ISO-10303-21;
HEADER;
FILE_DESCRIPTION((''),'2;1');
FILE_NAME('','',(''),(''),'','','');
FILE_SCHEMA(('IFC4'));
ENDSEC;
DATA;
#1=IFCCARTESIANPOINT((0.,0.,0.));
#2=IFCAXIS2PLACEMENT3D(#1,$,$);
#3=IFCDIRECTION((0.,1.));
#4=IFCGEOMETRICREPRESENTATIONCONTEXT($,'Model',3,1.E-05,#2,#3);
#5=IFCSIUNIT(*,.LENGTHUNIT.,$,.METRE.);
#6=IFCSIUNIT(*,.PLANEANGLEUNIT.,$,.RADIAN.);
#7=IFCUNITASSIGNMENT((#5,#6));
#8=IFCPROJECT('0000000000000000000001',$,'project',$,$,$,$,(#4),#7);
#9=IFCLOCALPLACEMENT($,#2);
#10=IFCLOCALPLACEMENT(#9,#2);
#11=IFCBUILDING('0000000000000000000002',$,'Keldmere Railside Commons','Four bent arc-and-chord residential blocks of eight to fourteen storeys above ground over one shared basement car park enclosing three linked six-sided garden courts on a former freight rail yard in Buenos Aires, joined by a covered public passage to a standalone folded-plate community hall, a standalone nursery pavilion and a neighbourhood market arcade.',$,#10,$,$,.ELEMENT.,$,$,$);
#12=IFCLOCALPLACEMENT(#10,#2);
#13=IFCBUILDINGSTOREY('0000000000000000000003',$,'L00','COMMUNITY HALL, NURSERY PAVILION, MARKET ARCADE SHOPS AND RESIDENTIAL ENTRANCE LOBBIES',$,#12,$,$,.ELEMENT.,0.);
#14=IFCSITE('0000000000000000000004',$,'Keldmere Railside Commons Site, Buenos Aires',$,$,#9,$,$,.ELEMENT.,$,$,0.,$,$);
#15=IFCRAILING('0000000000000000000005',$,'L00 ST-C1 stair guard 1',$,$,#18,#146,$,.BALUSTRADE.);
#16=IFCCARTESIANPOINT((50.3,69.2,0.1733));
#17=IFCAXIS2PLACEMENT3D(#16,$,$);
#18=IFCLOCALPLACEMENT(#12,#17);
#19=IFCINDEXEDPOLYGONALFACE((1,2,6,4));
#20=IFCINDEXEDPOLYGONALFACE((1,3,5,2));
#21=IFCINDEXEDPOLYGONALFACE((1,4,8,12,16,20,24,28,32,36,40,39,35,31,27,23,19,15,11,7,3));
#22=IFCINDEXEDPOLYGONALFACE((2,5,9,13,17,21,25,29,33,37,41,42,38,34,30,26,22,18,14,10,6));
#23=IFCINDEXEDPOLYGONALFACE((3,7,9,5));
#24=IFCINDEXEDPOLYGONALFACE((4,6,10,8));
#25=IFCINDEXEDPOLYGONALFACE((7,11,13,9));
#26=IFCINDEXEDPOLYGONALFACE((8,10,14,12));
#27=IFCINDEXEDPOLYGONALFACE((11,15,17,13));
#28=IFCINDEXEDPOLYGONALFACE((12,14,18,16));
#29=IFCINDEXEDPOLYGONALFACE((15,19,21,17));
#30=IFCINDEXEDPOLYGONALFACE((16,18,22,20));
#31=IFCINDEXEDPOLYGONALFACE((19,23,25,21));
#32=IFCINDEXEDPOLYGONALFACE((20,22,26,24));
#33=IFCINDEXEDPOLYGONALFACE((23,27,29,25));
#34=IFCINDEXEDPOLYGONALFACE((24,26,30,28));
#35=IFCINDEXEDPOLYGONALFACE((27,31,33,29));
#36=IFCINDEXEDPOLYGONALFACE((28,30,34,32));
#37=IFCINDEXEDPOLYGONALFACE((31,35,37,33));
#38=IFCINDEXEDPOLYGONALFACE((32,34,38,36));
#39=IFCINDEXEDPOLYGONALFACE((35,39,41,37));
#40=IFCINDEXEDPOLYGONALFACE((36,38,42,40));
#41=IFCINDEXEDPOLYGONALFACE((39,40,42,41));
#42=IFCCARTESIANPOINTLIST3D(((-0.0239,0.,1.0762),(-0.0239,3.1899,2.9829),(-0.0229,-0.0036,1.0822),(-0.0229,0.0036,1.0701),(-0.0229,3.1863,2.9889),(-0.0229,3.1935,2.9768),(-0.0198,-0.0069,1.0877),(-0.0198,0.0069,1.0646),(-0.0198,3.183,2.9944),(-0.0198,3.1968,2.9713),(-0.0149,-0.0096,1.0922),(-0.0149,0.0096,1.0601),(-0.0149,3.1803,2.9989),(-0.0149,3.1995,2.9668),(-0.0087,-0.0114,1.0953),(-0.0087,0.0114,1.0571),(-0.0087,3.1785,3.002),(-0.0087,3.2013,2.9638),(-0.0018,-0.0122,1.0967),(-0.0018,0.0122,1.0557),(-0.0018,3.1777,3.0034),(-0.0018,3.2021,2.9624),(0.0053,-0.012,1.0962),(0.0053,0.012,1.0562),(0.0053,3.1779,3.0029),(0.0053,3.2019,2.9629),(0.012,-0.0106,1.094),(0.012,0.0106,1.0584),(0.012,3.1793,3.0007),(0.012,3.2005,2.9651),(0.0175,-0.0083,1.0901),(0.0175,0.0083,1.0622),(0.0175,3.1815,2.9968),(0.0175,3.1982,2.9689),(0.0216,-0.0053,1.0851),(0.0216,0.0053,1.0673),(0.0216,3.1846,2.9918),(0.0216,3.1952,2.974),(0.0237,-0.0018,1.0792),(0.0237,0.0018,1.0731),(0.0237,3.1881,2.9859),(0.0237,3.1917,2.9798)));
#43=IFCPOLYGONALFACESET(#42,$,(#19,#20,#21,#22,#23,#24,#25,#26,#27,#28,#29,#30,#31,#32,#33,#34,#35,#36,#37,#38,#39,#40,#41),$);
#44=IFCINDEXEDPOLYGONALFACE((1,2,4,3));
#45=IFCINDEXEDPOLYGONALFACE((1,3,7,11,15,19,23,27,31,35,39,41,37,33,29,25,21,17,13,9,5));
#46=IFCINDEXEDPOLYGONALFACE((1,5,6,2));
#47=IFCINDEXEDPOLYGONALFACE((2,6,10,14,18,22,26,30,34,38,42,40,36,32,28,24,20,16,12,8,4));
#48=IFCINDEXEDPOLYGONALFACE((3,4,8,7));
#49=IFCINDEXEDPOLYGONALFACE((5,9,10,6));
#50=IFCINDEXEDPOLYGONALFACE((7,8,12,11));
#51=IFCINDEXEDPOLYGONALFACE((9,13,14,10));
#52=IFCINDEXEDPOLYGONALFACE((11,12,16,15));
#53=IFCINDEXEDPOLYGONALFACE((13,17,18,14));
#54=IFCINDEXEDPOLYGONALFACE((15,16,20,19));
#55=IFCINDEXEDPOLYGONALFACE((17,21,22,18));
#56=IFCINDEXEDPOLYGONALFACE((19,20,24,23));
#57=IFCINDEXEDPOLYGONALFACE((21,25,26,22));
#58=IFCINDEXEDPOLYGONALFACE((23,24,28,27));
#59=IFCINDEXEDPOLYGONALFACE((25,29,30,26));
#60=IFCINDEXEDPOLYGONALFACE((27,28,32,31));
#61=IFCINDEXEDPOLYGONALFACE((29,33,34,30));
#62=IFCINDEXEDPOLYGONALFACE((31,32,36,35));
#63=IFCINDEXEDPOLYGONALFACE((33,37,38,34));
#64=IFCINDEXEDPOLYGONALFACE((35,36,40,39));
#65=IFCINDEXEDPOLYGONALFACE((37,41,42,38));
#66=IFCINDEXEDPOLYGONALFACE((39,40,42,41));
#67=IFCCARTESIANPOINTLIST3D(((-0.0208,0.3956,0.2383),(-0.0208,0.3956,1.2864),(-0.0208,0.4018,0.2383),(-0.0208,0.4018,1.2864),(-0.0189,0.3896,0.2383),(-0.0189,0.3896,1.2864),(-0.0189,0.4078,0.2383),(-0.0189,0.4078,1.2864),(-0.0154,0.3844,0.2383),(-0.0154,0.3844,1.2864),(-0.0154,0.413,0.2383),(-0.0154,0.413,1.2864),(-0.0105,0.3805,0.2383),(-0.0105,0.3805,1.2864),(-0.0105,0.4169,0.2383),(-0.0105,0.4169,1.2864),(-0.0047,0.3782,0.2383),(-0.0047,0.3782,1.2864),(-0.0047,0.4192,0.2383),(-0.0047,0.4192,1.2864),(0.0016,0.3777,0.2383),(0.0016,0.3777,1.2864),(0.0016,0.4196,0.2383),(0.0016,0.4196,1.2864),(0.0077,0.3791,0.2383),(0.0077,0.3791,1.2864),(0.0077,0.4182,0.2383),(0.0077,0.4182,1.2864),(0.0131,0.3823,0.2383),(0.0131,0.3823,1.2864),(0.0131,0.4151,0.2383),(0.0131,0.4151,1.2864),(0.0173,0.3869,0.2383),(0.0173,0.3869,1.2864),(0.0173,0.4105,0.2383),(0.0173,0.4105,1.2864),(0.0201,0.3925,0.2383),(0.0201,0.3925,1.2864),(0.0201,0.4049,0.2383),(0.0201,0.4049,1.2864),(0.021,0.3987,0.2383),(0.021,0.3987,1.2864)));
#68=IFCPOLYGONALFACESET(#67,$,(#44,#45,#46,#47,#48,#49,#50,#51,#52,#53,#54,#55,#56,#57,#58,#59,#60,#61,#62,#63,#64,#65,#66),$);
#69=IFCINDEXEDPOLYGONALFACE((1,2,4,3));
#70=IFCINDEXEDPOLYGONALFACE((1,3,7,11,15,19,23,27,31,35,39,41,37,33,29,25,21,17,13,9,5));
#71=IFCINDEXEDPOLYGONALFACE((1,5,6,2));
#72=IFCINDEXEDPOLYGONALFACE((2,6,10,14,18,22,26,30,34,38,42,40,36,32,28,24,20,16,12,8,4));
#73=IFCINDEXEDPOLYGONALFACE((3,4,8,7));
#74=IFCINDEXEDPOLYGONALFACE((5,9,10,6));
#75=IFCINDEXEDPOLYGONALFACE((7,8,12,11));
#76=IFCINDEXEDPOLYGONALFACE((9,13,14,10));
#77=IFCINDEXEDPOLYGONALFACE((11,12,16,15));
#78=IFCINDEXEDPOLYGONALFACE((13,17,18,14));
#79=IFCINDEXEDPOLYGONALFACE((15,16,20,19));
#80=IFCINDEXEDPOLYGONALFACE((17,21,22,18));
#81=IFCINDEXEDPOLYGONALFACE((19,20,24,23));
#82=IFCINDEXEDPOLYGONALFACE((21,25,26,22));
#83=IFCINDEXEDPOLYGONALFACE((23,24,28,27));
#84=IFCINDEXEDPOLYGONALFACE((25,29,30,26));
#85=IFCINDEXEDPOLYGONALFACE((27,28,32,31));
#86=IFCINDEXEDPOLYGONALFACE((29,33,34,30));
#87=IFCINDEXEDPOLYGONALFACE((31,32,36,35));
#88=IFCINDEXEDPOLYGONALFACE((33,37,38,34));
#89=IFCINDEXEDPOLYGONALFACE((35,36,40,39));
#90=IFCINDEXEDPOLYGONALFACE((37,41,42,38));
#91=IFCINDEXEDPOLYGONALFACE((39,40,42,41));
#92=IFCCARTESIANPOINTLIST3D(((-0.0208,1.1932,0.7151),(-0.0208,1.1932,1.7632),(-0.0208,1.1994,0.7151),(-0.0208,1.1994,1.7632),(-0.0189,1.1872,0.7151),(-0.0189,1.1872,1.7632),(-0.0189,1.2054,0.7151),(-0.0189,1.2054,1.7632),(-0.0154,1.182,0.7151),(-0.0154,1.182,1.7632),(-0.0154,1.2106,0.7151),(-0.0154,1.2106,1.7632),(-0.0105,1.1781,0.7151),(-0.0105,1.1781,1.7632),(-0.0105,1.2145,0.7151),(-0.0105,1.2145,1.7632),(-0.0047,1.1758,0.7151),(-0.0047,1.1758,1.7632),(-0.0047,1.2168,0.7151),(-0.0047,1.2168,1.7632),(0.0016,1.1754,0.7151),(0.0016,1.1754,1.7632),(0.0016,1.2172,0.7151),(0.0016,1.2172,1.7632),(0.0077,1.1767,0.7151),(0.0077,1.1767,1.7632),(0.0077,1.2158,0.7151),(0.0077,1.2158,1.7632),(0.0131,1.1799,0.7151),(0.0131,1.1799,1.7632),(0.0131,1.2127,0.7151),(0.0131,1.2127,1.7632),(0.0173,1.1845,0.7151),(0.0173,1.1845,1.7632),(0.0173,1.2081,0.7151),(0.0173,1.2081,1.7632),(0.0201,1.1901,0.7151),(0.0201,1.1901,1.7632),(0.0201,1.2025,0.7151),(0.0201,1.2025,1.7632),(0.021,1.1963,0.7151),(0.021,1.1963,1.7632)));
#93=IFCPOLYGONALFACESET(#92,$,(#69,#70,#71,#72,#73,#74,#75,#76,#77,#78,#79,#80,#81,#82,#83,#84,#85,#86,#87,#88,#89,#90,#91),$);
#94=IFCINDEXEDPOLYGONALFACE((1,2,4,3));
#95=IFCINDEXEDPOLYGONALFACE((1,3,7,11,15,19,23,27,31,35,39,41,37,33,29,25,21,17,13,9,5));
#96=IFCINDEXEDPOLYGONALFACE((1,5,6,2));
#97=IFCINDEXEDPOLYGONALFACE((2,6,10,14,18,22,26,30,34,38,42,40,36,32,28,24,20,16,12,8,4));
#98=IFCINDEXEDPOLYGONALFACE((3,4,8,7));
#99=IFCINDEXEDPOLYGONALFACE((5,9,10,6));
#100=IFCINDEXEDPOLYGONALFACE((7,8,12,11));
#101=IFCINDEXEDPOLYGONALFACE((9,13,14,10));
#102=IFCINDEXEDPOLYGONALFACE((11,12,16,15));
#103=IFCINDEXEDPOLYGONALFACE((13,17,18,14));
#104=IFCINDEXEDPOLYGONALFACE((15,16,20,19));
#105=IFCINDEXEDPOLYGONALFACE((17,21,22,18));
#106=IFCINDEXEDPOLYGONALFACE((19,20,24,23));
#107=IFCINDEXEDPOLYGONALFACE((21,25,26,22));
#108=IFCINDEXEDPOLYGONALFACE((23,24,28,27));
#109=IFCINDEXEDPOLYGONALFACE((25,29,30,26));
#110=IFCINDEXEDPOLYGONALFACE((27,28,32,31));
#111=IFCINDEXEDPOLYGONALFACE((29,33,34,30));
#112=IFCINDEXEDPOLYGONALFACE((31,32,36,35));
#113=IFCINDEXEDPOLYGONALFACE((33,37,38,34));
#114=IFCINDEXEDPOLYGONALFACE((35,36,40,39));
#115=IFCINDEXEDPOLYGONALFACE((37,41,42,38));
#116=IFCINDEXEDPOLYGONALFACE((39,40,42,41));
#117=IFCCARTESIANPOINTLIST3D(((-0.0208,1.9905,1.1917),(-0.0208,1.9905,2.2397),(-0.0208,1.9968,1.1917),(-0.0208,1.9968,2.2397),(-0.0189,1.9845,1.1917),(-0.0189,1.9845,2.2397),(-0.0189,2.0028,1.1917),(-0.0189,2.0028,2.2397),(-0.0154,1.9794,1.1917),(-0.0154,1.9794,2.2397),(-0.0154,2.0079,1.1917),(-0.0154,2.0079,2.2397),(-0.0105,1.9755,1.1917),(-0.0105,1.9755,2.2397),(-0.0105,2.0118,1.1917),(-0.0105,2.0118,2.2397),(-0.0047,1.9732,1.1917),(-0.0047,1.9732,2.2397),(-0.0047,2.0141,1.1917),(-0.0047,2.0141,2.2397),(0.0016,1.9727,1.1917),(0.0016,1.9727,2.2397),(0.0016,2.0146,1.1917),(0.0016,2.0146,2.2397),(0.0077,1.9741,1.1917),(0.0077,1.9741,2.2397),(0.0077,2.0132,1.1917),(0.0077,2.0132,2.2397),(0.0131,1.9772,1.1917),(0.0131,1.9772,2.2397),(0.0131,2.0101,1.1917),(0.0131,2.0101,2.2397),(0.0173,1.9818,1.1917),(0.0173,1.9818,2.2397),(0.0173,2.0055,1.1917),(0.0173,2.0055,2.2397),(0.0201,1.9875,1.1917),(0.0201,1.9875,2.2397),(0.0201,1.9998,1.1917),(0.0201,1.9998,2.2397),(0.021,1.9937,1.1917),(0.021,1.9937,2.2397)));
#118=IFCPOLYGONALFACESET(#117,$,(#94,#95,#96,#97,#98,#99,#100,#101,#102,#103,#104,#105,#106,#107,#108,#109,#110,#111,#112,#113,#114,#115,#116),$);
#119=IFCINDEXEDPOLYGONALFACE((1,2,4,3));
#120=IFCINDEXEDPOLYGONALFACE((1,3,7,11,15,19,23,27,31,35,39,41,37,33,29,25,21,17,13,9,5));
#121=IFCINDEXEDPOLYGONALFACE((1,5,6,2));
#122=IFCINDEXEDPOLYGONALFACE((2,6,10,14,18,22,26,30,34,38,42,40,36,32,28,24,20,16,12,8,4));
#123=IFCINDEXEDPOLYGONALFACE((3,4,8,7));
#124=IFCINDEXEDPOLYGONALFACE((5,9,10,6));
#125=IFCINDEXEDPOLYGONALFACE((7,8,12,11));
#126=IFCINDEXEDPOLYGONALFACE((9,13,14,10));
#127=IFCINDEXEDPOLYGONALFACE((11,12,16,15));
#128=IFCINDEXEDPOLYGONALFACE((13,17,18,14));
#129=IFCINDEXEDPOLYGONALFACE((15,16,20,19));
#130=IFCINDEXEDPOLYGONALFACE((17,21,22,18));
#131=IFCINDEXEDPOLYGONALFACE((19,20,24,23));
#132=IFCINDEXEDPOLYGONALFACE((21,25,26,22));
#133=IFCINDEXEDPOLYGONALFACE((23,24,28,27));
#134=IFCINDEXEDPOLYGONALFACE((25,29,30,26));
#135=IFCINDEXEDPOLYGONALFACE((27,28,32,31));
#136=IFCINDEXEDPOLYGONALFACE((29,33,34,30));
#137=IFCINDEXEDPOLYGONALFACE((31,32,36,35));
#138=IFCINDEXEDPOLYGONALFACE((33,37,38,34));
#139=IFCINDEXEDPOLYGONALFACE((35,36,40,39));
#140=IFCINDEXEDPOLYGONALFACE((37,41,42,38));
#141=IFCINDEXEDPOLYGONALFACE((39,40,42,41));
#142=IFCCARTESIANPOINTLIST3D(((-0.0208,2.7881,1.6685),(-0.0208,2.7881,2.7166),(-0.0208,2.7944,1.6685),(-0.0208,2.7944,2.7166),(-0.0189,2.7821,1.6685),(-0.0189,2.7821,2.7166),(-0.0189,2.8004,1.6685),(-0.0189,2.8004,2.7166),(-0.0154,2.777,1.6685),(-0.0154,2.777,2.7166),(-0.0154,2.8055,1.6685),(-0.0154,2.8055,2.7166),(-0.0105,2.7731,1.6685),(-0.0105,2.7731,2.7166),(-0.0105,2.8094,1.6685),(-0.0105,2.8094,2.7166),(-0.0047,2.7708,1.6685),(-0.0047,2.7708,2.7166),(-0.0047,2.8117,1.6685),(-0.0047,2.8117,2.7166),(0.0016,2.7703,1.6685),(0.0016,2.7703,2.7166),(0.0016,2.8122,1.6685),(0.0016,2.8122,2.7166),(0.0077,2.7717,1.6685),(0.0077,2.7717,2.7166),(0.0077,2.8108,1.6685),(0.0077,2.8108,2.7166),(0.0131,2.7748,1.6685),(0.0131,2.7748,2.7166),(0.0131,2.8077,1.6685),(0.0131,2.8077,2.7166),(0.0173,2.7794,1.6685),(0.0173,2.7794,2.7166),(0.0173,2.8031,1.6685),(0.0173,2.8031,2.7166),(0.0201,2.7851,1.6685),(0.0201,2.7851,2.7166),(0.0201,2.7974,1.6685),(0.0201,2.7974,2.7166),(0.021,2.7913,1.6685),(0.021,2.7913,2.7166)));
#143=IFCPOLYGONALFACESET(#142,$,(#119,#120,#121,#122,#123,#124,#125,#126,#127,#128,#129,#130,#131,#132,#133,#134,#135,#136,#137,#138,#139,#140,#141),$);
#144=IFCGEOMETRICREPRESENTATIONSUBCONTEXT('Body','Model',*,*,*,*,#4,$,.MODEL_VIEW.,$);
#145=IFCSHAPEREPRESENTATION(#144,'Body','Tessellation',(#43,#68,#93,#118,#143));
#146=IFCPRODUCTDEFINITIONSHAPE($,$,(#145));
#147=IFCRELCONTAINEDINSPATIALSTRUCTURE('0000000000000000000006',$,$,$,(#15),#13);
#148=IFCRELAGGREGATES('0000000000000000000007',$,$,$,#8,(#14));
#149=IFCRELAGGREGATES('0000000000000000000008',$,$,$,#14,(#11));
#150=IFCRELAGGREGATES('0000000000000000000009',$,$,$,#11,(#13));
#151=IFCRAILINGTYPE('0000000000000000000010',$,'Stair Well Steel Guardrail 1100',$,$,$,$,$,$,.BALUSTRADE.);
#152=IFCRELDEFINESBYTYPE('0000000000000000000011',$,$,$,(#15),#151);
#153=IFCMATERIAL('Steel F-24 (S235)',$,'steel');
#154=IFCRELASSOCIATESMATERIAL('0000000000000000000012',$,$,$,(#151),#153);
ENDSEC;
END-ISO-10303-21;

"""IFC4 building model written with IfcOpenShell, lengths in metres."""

from ifc_helpers import new_model, si_unit, direction, frame, origin, origin_2d, place, context, subcontext, project, spatial, circle, extrude, material, type_object, element, save


model = new_model("IFC4")

# Units and contexts
model_context = context("Model", 3, precision=1e-05, world=origin(), true_north=direction((0.0, 1.0)))
body_context = subcontext(model_context, "Body", "Model", "MODEL_VIEW")
ifc_project = project(units=[si_unit("LENGTHUNIT", "METRE"), si_unit("PLANEANGLEUNIT", "RADIAN")], contexts=[model_context])

# Site, building, storey
site_placement = place(None, origin())
site = spatial("IfcSite", under=ifc_project, at=site_placement, Name="Keldmere Railside Commons Site, Buenos Aires", CompositionType="ELEMENT", RefElevation=0.0)
building_placement = place(site_placement, origin())
building = spatial("IfcBuilding", under=site, at=building_placement, Name="Keldmere Railside Commons", Description="Four bent arc-and-chord residential blocks of eight to fourteen storeys above ground over one shared basement car park enclosing three linked six-sided garden courts on a former freight rail yard in Buenos Aires, joined by a covered public passage to a standalone folded-plate community hall, a standalone nursery pavilion and a neighbourhood market arcade.", CompositionType="ELEMENT")
storey_placement = place(building_placement, origin())
storey = spatial("IfcBuildingStorey", under=building, at=storey_placement, Name="L00", Description="COMMUNITY HALL, NURSERY PAVILION, MARKET ARCADE SHOPS AND RESIDENTIAL ENTRANCE LOBBIES", CompositionType="ELEMENT", Elevation=0.0)

# Shared definitions
ifc_material_1 = material(Name="Steel F-24 (S235)", Category="steel")

# Railing
railing_type_1 = type_object("IfcRailingType", Name="Stair Well Steel Guardrail 1100", PredefinedType="BALUSTRADE", material=ifc_material_1)
railing_1_placement = place(storey_placement, frame((50.3, 69.2, 0.1733)))
element("IfcRailing", 1, at=railing_1_placement, inside=storey, type_object=railing_type_1, Name="L00 ST-C1 stair guard 1", PredefinedType="BALUSTRADE", context=body_context, shape_type="SweptSolid", body=[
    extrude(circle(Radius=0.0239, at=origin_2d()), frame((0.0, 0.0, 1.0762), z_axis=(0.0, 0.85835, 0.513065), x_axis=(-1.0, 0.0, 0.0)), (0.0, 0.0, 1.0), 3.7163),
    extrude(circle(Radius=0.021, at=origin_2d()), frame((0.0, 0.3987, 0.2383)), (0.0, 0.0, 1.0), 1.0481),
    extrude(circle(Radius=0.021, at=origin_2d()), frame((0.0, 1.1963, 0.7151)), (0.0, 0.0, 1.0), 1.0481),
    extrude(circle(Radius=0.021, at=origin_2d()), frame((0.0, 1.9937, 1.1917)), (0.0, 0.0, 1.0), 1.0481),
    extrude(circle(Radius=0.021, at=origin_2d()), frame((0.0, 2.7913, 1.6685)), (0.0, 0.0, 1.0), 1.0481),
])

save(model, "model.ifc")
